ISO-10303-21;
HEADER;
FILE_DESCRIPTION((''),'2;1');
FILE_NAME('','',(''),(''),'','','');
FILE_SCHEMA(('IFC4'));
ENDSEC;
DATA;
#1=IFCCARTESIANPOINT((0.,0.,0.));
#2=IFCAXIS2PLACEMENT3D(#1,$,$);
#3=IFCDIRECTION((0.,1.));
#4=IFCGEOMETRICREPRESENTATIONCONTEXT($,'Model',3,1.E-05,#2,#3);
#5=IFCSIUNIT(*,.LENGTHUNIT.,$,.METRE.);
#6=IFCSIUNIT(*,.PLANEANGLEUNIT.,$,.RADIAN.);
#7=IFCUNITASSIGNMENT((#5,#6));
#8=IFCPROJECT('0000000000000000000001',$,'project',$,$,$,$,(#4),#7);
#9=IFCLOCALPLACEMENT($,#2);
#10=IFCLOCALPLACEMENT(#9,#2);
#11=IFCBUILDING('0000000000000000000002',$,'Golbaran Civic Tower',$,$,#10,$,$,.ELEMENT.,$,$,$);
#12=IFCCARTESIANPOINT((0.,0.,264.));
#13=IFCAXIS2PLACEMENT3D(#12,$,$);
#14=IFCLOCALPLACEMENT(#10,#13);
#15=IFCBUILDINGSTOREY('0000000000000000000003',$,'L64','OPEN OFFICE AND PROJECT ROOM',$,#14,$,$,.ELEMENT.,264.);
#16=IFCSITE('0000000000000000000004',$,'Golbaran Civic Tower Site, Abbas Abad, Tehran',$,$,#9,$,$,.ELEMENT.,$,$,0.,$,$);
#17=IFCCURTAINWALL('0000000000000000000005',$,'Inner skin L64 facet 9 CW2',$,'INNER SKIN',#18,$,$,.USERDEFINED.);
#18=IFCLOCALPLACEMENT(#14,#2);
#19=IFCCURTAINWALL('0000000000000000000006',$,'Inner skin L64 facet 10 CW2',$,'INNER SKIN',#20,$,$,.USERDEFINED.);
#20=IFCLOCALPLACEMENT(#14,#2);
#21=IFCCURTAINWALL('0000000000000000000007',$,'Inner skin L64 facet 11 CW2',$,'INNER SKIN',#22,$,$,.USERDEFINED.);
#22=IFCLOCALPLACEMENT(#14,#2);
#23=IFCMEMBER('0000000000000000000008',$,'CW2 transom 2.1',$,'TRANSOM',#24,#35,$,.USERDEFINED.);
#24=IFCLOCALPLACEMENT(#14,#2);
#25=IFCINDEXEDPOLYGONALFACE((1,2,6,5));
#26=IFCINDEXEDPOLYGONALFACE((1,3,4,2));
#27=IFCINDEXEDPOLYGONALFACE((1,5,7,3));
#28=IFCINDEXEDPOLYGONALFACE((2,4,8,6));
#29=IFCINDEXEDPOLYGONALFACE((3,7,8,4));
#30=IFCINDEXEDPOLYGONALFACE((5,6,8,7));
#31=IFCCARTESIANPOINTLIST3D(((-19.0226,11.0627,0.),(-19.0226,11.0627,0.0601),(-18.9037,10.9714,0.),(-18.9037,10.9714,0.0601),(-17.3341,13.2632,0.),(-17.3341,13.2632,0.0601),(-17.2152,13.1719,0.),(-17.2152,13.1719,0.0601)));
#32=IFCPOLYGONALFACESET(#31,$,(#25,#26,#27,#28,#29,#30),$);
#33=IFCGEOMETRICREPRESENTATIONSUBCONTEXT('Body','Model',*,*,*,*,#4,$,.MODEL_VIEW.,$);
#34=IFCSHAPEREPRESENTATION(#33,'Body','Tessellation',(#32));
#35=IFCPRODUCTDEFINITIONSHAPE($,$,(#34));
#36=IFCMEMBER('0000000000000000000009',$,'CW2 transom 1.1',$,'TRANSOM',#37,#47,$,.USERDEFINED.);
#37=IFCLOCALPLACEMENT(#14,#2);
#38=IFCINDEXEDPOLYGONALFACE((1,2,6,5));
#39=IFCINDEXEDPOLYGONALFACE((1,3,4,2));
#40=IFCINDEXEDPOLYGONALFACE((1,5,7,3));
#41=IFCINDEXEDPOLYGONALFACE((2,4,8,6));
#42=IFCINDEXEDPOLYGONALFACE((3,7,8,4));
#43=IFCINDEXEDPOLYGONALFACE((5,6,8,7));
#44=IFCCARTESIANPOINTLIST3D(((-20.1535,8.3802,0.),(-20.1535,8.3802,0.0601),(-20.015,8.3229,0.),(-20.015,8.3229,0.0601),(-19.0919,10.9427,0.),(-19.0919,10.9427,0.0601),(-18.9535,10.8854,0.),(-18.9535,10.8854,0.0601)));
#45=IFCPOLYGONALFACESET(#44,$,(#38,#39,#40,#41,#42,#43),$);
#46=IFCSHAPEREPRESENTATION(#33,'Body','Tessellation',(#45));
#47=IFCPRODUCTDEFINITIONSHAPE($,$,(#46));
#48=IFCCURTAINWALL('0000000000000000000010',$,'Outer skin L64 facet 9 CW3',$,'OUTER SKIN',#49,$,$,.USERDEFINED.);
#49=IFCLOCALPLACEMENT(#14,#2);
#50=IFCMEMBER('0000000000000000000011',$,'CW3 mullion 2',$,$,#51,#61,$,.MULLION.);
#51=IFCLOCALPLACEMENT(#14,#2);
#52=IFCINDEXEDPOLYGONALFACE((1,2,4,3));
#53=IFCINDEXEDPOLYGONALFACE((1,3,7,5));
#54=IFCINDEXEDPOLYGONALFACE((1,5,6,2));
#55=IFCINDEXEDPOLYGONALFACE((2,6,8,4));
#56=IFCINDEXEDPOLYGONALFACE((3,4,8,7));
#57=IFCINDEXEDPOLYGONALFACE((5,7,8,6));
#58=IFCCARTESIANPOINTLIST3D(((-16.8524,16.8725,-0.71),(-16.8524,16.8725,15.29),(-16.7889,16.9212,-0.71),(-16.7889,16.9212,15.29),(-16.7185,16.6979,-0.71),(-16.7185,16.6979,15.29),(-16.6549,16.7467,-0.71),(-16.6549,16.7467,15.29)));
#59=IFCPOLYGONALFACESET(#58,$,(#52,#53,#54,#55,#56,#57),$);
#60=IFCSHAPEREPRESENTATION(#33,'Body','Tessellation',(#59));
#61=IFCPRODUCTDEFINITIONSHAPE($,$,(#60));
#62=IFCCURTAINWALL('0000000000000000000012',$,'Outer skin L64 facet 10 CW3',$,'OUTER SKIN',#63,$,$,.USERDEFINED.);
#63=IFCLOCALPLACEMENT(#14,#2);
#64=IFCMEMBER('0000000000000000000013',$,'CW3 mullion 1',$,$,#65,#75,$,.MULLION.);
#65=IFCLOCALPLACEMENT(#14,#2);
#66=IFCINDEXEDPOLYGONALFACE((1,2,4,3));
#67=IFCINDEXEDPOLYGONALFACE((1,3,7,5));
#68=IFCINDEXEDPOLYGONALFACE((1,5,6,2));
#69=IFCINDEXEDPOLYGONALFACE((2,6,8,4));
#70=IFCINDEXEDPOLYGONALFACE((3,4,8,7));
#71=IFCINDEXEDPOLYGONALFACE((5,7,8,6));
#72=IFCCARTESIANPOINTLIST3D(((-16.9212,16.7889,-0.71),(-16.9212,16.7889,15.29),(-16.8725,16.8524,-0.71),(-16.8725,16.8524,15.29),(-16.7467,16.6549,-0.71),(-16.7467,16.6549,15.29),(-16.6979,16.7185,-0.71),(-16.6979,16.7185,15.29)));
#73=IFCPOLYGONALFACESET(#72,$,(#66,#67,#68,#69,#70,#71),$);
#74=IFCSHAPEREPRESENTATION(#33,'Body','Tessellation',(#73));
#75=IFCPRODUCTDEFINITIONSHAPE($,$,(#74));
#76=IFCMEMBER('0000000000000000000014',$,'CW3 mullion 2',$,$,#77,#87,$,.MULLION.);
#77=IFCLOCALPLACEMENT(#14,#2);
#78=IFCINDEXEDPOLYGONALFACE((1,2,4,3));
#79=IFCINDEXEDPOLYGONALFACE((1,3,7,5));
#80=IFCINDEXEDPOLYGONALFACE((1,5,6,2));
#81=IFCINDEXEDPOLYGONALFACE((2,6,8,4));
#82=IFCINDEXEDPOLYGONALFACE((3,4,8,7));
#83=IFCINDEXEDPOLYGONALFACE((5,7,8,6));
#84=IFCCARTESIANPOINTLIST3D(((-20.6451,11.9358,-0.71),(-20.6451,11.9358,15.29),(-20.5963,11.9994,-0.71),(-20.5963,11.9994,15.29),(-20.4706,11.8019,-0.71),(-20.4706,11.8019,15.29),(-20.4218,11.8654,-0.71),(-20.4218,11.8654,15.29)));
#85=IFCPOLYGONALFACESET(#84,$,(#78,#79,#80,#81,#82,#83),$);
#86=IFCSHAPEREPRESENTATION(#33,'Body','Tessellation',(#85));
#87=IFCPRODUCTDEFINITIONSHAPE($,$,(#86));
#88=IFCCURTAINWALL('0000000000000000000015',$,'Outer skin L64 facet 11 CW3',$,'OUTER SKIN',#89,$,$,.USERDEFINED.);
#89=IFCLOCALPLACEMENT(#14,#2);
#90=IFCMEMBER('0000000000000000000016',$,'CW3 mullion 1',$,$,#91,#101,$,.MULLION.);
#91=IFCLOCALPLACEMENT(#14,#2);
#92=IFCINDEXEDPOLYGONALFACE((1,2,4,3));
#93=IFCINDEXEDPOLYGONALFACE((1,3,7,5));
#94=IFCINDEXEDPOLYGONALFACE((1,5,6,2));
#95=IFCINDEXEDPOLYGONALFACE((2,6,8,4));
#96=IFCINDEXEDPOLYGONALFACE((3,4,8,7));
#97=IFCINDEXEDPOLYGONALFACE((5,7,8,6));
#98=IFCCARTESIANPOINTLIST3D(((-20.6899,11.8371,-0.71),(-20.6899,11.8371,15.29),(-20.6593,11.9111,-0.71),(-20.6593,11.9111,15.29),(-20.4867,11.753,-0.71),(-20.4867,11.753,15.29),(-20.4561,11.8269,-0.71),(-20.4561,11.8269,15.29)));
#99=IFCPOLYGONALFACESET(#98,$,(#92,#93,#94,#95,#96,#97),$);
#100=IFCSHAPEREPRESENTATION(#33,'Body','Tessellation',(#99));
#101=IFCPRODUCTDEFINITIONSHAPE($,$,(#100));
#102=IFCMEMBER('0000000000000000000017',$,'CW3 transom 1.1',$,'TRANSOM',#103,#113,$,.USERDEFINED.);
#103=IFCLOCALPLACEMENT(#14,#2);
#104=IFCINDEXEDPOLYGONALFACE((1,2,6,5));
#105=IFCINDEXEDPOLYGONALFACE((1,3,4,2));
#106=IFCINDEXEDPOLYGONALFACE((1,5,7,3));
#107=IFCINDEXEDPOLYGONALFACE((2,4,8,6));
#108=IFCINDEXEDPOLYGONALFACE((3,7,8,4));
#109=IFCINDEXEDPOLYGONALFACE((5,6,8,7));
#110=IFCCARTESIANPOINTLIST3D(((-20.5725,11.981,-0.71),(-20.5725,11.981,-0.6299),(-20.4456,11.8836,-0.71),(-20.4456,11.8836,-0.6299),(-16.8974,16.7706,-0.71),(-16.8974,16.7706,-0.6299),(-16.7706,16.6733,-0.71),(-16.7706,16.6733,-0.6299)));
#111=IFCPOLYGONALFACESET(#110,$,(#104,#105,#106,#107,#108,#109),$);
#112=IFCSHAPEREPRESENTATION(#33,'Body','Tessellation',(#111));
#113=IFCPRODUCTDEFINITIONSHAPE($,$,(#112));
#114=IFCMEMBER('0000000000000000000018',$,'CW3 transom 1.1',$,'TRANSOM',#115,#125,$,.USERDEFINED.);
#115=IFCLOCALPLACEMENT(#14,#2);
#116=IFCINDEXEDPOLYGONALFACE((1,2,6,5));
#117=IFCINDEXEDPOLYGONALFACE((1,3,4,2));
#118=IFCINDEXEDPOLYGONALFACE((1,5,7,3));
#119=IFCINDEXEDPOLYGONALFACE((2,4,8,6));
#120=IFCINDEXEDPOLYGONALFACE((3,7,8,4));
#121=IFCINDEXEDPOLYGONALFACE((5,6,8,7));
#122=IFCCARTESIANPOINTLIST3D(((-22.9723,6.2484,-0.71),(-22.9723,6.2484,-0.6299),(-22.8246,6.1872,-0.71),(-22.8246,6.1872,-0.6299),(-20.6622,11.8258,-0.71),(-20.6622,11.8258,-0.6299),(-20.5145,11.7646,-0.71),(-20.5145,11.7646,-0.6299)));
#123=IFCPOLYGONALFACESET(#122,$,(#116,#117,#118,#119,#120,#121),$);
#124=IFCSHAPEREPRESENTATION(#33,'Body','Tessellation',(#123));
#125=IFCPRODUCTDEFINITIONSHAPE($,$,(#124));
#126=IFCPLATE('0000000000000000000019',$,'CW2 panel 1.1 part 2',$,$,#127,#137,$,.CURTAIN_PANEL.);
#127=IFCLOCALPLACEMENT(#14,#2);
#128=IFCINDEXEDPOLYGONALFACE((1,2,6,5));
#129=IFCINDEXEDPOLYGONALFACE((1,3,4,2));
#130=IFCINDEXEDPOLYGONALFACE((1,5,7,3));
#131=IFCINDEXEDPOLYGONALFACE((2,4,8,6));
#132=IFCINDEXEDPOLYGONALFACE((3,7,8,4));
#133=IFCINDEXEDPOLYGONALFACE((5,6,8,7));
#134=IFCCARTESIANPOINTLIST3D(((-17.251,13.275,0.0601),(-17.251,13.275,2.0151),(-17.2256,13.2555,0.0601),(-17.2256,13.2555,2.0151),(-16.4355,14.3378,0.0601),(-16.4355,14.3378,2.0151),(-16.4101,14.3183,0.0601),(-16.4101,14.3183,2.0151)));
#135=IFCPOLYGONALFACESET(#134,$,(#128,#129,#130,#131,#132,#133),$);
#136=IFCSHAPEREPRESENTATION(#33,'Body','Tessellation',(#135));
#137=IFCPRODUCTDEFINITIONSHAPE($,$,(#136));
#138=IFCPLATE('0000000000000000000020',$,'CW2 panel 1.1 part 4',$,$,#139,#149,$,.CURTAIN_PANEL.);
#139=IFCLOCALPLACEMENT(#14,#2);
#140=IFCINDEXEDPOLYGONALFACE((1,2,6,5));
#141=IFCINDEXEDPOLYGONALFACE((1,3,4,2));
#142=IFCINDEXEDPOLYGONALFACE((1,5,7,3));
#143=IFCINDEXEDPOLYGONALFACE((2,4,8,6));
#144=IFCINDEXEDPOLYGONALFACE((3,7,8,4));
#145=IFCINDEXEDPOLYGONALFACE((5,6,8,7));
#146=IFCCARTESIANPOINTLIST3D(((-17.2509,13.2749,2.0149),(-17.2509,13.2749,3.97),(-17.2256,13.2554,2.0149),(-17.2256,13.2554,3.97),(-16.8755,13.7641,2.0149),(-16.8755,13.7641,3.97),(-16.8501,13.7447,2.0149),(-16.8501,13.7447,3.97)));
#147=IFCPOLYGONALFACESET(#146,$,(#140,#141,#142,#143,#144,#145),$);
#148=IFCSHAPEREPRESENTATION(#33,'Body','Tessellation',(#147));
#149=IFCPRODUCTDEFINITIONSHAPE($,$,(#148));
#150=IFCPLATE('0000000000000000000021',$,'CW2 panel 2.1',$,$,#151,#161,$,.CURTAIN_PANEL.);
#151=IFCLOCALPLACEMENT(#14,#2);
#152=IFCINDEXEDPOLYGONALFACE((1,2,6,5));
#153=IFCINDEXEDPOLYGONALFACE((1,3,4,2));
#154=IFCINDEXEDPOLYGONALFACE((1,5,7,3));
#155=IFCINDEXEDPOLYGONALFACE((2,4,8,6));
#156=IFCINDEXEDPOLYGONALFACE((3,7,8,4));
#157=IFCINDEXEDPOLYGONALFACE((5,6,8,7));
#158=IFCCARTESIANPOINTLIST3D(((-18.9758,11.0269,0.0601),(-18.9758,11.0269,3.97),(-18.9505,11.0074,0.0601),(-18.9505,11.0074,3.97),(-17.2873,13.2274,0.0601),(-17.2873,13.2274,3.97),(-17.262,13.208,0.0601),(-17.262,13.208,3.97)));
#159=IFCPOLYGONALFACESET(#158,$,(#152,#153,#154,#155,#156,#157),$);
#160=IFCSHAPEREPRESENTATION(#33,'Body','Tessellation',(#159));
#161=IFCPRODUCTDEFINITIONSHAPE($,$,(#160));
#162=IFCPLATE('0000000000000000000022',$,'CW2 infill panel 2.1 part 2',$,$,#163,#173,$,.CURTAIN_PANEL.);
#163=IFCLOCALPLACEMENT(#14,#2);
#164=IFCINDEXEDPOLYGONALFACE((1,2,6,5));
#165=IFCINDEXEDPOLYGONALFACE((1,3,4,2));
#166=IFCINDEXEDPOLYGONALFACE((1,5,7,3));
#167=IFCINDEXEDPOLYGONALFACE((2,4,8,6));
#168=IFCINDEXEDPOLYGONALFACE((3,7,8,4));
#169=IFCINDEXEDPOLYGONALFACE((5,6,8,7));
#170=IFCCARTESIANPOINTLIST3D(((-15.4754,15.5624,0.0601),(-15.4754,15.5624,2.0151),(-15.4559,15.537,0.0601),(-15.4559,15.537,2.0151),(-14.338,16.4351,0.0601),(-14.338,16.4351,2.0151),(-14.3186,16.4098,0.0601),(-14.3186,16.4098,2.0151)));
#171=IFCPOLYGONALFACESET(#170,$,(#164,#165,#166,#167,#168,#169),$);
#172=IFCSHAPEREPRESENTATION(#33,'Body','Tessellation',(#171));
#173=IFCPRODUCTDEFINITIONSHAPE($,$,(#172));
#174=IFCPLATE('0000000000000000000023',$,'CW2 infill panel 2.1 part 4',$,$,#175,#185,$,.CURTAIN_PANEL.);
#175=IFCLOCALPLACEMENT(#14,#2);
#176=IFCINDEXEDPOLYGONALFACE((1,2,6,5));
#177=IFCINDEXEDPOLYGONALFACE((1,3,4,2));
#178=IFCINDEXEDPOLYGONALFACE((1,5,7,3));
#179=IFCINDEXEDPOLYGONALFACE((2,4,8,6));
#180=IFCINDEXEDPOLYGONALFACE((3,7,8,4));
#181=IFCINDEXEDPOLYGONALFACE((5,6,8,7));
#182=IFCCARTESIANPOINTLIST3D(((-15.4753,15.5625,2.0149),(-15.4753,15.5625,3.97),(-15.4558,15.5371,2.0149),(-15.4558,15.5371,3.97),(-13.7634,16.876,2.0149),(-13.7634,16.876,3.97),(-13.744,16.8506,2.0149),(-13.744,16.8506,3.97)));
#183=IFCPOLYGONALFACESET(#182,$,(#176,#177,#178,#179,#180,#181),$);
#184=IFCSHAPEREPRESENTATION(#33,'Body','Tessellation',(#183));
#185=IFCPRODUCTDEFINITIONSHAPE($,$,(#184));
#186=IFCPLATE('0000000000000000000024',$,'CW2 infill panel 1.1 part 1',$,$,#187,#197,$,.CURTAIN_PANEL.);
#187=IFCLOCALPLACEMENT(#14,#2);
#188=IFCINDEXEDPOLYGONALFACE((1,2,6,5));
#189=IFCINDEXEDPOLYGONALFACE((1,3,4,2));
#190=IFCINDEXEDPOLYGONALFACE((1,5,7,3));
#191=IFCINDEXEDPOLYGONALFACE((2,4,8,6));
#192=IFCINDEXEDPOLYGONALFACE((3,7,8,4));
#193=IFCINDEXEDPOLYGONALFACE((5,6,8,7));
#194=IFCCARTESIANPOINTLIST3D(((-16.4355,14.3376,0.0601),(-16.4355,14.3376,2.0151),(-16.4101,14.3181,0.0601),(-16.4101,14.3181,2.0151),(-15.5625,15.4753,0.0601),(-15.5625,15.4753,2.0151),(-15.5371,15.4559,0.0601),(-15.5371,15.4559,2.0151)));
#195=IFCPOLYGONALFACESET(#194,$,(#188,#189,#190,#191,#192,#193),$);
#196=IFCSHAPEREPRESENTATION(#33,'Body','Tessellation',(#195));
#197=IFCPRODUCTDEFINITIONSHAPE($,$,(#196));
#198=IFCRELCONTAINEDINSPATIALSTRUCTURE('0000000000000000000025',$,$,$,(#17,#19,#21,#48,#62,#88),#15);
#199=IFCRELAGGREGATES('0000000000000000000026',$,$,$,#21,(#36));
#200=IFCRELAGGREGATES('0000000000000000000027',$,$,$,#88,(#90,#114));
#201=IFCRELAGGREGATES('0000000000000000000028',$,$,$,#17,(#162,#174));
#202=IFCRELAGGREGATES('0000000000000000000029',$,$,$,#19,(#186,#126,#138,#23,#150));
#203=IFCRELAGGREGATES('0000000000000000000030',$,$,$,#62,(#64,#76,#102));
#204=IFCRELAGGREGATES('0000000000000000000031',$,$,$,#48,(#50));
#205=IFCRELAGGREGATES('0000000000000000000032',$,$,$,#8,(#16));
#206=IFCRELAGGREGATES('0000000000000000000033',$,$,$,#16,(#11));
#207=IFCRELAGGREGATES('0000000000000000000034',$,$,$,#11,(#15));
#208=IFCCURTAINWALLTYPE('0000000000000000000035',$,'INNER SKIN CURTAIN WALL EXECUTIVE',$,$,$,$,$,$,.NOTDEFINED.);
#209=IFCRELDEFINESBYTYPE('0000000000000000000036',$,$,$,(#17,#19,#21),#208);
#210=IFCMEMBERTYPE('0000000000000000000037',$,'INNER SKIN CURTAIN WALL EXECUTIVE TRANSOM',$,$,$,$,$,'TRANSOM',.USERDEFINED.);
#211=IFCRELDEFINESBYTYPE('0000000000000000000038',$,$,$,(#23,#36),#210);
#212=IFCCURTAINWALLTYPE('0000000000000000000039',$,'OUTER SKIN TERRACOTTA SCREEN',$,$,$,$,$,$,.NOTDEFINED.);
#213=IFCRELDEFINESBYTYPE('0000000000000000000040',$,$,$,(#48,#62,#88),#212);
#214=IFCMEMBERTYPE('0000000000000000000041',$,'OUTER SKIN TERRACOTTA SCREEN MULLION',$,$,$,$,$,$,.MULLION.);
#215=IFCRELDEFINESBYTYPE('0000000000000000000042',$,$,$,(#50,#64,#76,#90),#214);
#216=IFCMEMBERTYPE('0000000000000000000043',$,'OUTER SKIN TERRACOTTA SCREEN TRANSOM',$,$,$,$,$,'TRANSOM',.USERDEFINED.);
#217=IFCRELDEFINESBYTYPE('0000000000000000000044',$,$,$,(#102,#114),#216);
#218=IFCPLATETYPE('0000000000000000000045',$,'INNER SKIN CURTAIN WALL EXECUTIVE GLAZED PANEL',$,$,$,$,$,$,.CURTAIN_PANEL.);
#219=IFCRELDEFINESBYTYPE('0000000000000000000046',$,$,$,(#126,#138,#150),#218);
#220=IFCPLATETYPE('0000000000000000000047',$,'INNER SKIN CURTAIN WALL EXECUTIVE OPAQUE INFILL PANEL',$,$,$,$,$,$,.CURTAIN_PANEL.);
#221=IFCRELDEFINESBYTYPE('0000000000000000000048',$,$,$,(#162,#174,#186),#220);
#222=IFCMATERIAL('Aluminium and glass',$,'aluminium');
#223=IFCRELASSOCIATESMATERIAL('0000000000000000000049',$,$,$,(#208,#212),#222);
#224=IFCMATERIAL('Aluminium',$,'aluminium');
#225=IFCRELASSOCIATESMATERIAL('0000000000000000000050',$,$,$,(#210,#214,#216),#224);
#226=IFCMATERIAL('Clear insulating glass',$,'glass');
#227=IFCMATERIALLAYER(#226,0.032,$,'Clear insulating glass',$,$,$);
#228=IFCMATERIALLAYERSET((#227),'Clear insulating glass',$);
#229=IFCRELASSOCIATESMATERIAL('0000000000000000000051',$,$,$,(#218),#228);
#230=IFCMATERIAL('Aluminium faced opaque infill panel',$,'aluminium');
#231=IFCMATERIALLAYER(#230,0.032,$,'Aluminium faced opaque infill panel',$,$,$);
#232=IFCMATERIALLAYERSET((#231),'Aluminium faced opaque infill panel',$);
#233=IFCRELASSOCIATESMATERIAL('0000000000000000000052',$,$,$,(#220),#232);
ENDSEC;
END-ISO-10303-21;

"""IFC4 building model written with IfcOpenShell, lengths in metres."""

from ifc_helpers import new_model, si_unit, direction, frame, origin, origin_2d, place, context, subcontext, project, spatial, rectangle, extrude, material, layer, layer_set, material_profile, profile_set, type_object, element, aggregate, save


model = new_model("IFC4")

# Units and contexts
model_context = context("Model", 3, precision=1e-05, world=origin(), true_north=direction((0.0, 1.0)))
body_context = subcontext(model_context, "Body", "Model", "MODEL_VIEW")
ifc_project = project(units=[si_unit("LENGTHUNIT", "METRE"), si_unit("PLANEANGLEUNIT", "RADIAN")], contexts=[model_context])

# Site, building, storey
site_placement = place(None, origin())
site = spatial("IfcSite", under=ifc_project, at=site_placement, Name="Golbaran Civic Tower Site, Abbas Abad, Tehran", CompositionType="ELEMENT", RefElevation=0.0)
building_placement = place(site_placement, origin())
building = spatial("IfcBuilding", under=site, at=building_placement, Name="Golbaran Civic Tower", CompositionType="ELEMENT")
storey_placement = place(building_placement, frame((0.0, 0.0, 264.0)))
storey = spatial("IfcBuildingStorey", under=building, at=storey_placement, Name="L64", Description="OPEN OFFICE AND PROJECT ROOM", CompositionType="ELEMENT", Elevation=264.0)

# Curtain wall
ifc_material_1 = material(Name="Aluminium and glass", Category="aluminium")
curtain_wall_type_1 = type_object("IfcCurtainWallType", Name="INNER SKIN CURTAIN WALL EXECUTIVE", PredefinedType="NOTDEFINED", material=ifc_material_1)
curtain_wall_1_placement = place(storey_placement, origin())
curtain_wall_1 = element("IfcCurtainWall", 1, at=curtain_wall_1_placement, inside=storey, type_object=curtain_wall_type_1, Name="Inner skin L64 facet 9 CW2", ObjectType="INNER SKIN", PredefinedType="USERDEFINED")
ifc_material_2 = material(Name="Aluminium", Category="aluminium")

# Curtain wall
curtain_wall_2_placement = place(storey_placement, origin())
curtain_wall_2 = element("IfcCurtainWall", 2, at=curtain_wall_2_placement, inside=storey, type_object=curtain_wall_type_1, Name="Inner skin L64 facet 10 CW2", ObjectType="INNER SKIN", PredefinedType="USERDEFINED")

# Curtain wall
curtain_wall_3_placement = place(storey_placement, origin())
curtain_wall_3 = element("IfcCurtainWall", 3, at=curtain_wall_3_placement, inside=storey, type_object=curtain_wall_type_1, Name="Inner skin L64 facet 11 CW2", ObjectType="INNER SKIN", PredefinedType="USERDEFINED")

# Members
ifc_material_profile_1 = material_profile(ifc_material_2, rectangle(XDim=0.1499, YDim=0.0601, at=origin_2d()), Name="INNER SKIN CURTAIN WALL EXECUTIVE TRANSOM")
ifc_profile_set_1 = profile_set([ifc_material_profile_1], Name="Aluminium")
member_type_1 = type_object("IfcMemberType", Name="INNER SKIN CURTAIN WALL EXECUTIVE TRANSOM", ElementType="TRANSOM", PredefinedType="USERDEFINED", material=ifc_profile_set_1)
member_1_placement = place(storey_placement, frame((-17.2747, 13.2175, 0.03), z_axis=(-0.608766, -0.79335, 0.0), x_axis=(0.79335, -0.608766, 0.0)))
member_1 = element("IfcMember", 4, at=member_1_placement, type_object=member_type_1, Name="CW2 transom 2.1", ObjectType="TRANSOM", PredefinedType="USERDEFINED", context=body_context, shape_type="SweptSolid", body=[
    extrude(rectangle(XDim=0.1499, YDim=0.0601, at=origin_2d()), origin(), (0.0, 0.0, 1.0), 2.7737),
])
member_2_placement = place(storey_placement, frame((-19.0227, 10.9141, 0.03), z_axis=(-0.382715, -0.923867, 0.0), x_axis=(0.923867, -0.382715, 0.0)))
member_2 = element("IfcMember", 5, at=member_2_placement, type_object=member_type_1, Name="CW2 transom 1.1", ObjectType="TRANSOM", PredefinedType="USERDEFINED", context=body_context, shape_type="SweptSolid", body=[
    extrude(rectangle(XDim=0.1499, YDim=0.0601, at=origin_2d()), origin(), (0.0, 0.0, 1.0), 2.7737),
])
aggregate(curtain_wall_3, [member_2])

# Curtain wall, member
curtain_wall_type_2 = type_object("IfcCurtainWallType", Name="OUTER SKIN TERRACOTTA SCREEN", PredefinedType="NOTDEFINED", material=ifc_material_1)
curtain_wall_4_placement = place(storey_placement, origin())
curtain_wall_4 = element("IfcCurtainWall", 6, at=curtain_wall_4_placement, inside=storey, type_object=curtain_wall_type_2, Name="Outer skin L64 facet 9 CW3", ObjectType="OUTER SKIN", PredefinedType="USERDEFINED")
ifc_material_profile_2 = material_profile(ifc_material_2, rectangle(XDim=0.22, YDim=0.0801, at=origin_2d()), Name="OUTER SKIN TERRACOTTA SCREEN MULLION")
ifc_profile_set_2 = profile_set([ifc_material_profile_2], Name="Aluminium")
member_type_2 = type_object("IfcMemberType", Name="OUTER SKIN TERRACOTTA SCREEN MULLION", PredefinedType="MULLION", material=ifc_profile_set_2)
member_3_placement = place(storey_placement, frame((-16.7537, 16.8096, -0.71), z_axis=(0.0, 0.0, 1.0), x_axis=(0.608761, -0.793353, 0.0)))
member_3 = element("IfcMember", 7, at=member_3_placement, type_object=member_type_2, Name="CW3 mullion 2", PredefinedType="MULLION", context=body_context, shape_type="SweptSolid", body=[
    extrude(rectangle(XDim=0.22, YDim=0.0801, at=origin_2d()), origin(), (0.0, 0.0, 1.0), 16.0),
])

# Curtain wall, members
curtain_wall_5_placement = place(storey_placement, origin())
curtain_wall_5 = element("IfcCurtainWall", 8, at=curtain_wall_5_placement, inside=storey, type_object=curtain_wall_type_2, Name="Outer skin L64 facet 10 CW3", ObjectType="OUTER SKIN", PredefinedType="USERDEFINED")
member_4_placement = place(storey_placement, frame((-16.8096, 16.7537, -0.71), z_axis=(0.0, 0.0, 1.0), x_axis=(0.793353, -0.608761, 0.0)))
member_4 = element("IfcMember", 9, at=member_4_placement, type_object=member_type_2, Name="CW3 mullion 1", PredefinedType="MULLION", context=body_context, shape_type="SweptSolid", body=[
    extrude(rectangle(XDim=0.22, YDim=0.0801, at=origin_2d()), origin(), (0.0, 0.0, 1.0), 16.0),
])
member_5_placement = place(storey_placement, frame((-20.5334, 11.9006, -0.71), z_axis=(0.0, 0.0, 1.0), x_axis=(0.793353, -0.608761, 0.0)))
member_5 = element("IfcMember", 10, at=member_5_placement, type_object=member_type_2, Name="CW3 mullion 2", PredefinedType="MULLION", context=body_context, shape_type="SweptSolid", body=[
    extrude(rectangle(XDim=0.22, YDim=0.0801, at=origin_2d()), origin(), (0.0, 0.0, 1.0), 16.0),
])

# Curtain wall, member
curtain_wall_6_placement = place(storey_placement, origin())
curtain_wall_6 = element("IfcCurtainWall", 11, at=curtain_wall_6_placement, inside=storey, type_object=curtain_wall_type_2, Name="Outer skin L64 facet 11 CW3", ObjectType="OUTER SKIN", PredefinedType="USERDEFINED")
member_6_placement = place(storey_placement, frame((-20.573, 11.832, -0.71), z_axis=(0.0, 0.0, 1.0), x_axis=(0.92388, -0.382683, 0.0)))
member_6 = element("IfcMember", 12, at=member_6_placement, type_object=member_type_2, Name="CW3 mullion 1", PredefinedType="MULLION", context=body_context, shape_type="SweptSolid", body=[
    extrude(rectangle(XDim=0.22, YDim=0.0801, at=origin_2d()), origin(), (0.0, 0.0, 1.0), 16.0),
])

# Members
ifc_material_profile_3 = material_profile(ifc_material_2, rectangle(XDim=0.1599, YDim=0.0801, at=origin_2d()), Name="OUTER SKIN TERRACOTTA SCREEN TRANSOM")
ifc_profile_set_3 = profile_set([ifc_material_profile_3], Name="Aluminium")
member_type_3 = type_object("IfcMemberType", Name="OUTER SKIN TERRACOTTA SCREEN TRANSOM", ElementType="TRANSOM", PredefinedType="USERDEFINED", material=ifc_profile_set_3)
member_7_placement = place(storey_placement, frame((-16.834, 16.7219, -0.6699), z_axis=(-0.608751, -0.793362, 0.0), x_axis=(0.793362, -0.608751, 0.0)))
member_7 = element("IfcMember", 13, at=member_7_placement, type_object=member_type_3, Name="CW3 transom 1.1", ObjectType="TRANSOM", PredefinedType="USERDEFINED", context=body_context, shape_type="SweptSolid", body=[
    extrude(rectangle(XDim=0.1599, YDim=0.0801, at=origin_2d()), origin(), (0.0, 0.0, 1.0), 6.0371),
])
member_8_placement = place(storey_placement, frame((-20.5884, 11.7952, -0.6699), z_axis=(-0.382659, -0.92389, 0.0), x_axis=(0.92389, -0.382659, 0.0)))
member_8 = element("IfcMember", 14, at=member_8_placement, type_object=member_type_3, Name="CW3 transom 1.1", ObjectType="TRANSOM", PredefinedType="USERDEFINED", context=body_context, shape_type="SweptSolid", body=[
    extrude(rectangle(XDim=0.1599, YDim=0.0801, at=origin_2d()), origin(), (0.0, 0.0, 1.0), 6.0369),
])
aggregate(curtain_wall_6, [member_6, member_8])

# Plates
ifc_material_3 = material(Name="Clear insulating glass", Category="glass")
ifc_layer_1 = layer(ifc_material_3, 0.032, Name="Clear insulating glass")
ifc_layer_set_1 = layer_set([ifc_layer_1], Name="Clear insulating glass")
plate_type_1 = type_object("IfcPlateType", Name="INNER SKIN CURTAIN WALL EXECUTIVE GLAZED PANEL", PredefinedType="CURTAIN_PANEL", material=ifc_layer_set_1)
plate_1_placement = place(storey_placement, frame((-16.8306, 13.7966, 0.0601), z_axis=(0.0, 0.0, 1.0), x_axis=(-0.608761, -0.793353, 0.0)))
plate_1 = element("IfcPlate", 15, at=plate_1_placement, type_object=plate_type_1, Name="CW2 panel 1.1 part 2", PredefinedType="CURTAIN_PANEL", context=body_context, shape_type="SweptSolid", body=[
    extrude(rectangle(XDim=1.3396, YDim=0.032, at=origin_2d()), origin(), (0.0, 0.0, 1.0), 1.9551),
])
plate_2_placement = place(storey_placement, frame((-17.0505, 13.5098, 2.0149), z_axis=(0.0, 0.0, 1.0), x_axis=(-0.608761, -0.793353, 0.0)))
plate_2 = element("IfcPlate", 16, at=plate_2_placement, type_object=plate_type_1, Name="CW2 panel 1.1 part 4", PredefinedType="CURTAIN_PANEL", context=body_context, shape_type="SweptSolid", body=[
    extrude(rectangle(XDim=0.6167, YDim=0.032, at=origin_2d()), origin(), (0.0, 0.0, 1.0), 1.9551),
])
plate_3_placement = place(storey_placement, frame((-18.1189, 12.1174, 0.0601), z_axis=(0.0, 0.0, 1.0), x_axis=(-0.608761, -0.793353, 0.0)))
plate_3 = element("IfcPlate", 17, at=plate_3_placement, type_object=plate_type_1, Name="CW2 panel 2.1", PredefinedType="CURTAIN_PANEL", context=body_context, shape_type="SweptSolid", body=[
    extrude(rectangle(XDim=2.7737, YDim=0.032, at=origin_2d()), origin(), (0.0, 0.0, 1.0), 3.9099),
])
ifc_material_4 = material(Name="Aluminium faced opaque infill panel", Category="aluminium")
ifc_layer_2 = layer(ifc_material_4, 0.032, Name="Aluminium faced opaque infill panel")
ifc_layer_set_2 = layer_set([ifc_layer_2], Name="Aluminium faced opaque infill panel")
plate_type_2 = type_object("IfcPlateType", Name="INNER SKIN CURTAIN WALL EXECUTIVE OPAQUE INFILL PANEL", PredefinedType="CURTAIN_PANEL", material=ifc_layer_set_2)
plate_4_placement = place(storey_placement, frame((-14.897, 15.9861, 0.0601), z_axis=(0.0, 0.0, 1.0), x_axis=(-0.793353, -0.608761, 0.0)))
plate_4 = element("IfcPlate", 18, at=plate_4_placement, type_object=plate_type_2, Name="CW2 infill panel 2.1 part 2", PredefinedType="CURTAIN_PANEL", context=body_context, shape_type="SweptSolid", body=[
    extrude(rectangle(XDim=1.4336, YDim=0.032, at=origin_2d()), origin(), (0.0, 0.0, 1.0), 1.9551),
])
plate_5_placement = place(storey_placement, frame((-14.6096, 16.2065, 2.0149), z_axis=(0.0, 0.0, 1.0), x_axis=(-0.793353, -0.608761, 0.0)))
plate_5 = element("IfcPlate", 19, at=plate_5_placement, type_object=plate_type_2, Name="CW2 infill panel 2.1 part 4", PredefinedType="CURTAIN_PANEL", context=body_context, shape_type="SweptSolid", body=[
    extrude(rectangle(XDim=2.1577, YDim=0.032, at=origin_2d()), origin(), (0.0, 0.0, 1.0), 1.9551),
])
aggregate(curtain_wall_1, [plate_4, plate_5])
plate_6_placement = place(storey_placement, frame((-15.9863, 14.8967, 0.0601), z_axis=(0.0, 0.0, 1.0), x_axis=(-0.608761, -0.793353, 0.0)))
plate_6 = element("IfcPlate", 20, at=plate_6_placement, type_object=plate_type_2, Name="CW2 infill panel 1.1 part 1", PredefinedType="CURTAIN_PANEL", context=body_context, shape_type="SweptSolid", body=[
    extrude(rectangle(XDim=1.4341, YDim=0.032, at=origin_2d()), origin(), (0.0, 0.0, 1.0), 1.9551),
])
aggregate(curtain_wall_2, [plate_6, plate_1, plate_2, member_1, plate_3])
aggregate(curtain_wall_5, [member_4, member_5, member_7])
aggregate(curtain_wall_4, [member_3])

save(model, "model.ifc")
